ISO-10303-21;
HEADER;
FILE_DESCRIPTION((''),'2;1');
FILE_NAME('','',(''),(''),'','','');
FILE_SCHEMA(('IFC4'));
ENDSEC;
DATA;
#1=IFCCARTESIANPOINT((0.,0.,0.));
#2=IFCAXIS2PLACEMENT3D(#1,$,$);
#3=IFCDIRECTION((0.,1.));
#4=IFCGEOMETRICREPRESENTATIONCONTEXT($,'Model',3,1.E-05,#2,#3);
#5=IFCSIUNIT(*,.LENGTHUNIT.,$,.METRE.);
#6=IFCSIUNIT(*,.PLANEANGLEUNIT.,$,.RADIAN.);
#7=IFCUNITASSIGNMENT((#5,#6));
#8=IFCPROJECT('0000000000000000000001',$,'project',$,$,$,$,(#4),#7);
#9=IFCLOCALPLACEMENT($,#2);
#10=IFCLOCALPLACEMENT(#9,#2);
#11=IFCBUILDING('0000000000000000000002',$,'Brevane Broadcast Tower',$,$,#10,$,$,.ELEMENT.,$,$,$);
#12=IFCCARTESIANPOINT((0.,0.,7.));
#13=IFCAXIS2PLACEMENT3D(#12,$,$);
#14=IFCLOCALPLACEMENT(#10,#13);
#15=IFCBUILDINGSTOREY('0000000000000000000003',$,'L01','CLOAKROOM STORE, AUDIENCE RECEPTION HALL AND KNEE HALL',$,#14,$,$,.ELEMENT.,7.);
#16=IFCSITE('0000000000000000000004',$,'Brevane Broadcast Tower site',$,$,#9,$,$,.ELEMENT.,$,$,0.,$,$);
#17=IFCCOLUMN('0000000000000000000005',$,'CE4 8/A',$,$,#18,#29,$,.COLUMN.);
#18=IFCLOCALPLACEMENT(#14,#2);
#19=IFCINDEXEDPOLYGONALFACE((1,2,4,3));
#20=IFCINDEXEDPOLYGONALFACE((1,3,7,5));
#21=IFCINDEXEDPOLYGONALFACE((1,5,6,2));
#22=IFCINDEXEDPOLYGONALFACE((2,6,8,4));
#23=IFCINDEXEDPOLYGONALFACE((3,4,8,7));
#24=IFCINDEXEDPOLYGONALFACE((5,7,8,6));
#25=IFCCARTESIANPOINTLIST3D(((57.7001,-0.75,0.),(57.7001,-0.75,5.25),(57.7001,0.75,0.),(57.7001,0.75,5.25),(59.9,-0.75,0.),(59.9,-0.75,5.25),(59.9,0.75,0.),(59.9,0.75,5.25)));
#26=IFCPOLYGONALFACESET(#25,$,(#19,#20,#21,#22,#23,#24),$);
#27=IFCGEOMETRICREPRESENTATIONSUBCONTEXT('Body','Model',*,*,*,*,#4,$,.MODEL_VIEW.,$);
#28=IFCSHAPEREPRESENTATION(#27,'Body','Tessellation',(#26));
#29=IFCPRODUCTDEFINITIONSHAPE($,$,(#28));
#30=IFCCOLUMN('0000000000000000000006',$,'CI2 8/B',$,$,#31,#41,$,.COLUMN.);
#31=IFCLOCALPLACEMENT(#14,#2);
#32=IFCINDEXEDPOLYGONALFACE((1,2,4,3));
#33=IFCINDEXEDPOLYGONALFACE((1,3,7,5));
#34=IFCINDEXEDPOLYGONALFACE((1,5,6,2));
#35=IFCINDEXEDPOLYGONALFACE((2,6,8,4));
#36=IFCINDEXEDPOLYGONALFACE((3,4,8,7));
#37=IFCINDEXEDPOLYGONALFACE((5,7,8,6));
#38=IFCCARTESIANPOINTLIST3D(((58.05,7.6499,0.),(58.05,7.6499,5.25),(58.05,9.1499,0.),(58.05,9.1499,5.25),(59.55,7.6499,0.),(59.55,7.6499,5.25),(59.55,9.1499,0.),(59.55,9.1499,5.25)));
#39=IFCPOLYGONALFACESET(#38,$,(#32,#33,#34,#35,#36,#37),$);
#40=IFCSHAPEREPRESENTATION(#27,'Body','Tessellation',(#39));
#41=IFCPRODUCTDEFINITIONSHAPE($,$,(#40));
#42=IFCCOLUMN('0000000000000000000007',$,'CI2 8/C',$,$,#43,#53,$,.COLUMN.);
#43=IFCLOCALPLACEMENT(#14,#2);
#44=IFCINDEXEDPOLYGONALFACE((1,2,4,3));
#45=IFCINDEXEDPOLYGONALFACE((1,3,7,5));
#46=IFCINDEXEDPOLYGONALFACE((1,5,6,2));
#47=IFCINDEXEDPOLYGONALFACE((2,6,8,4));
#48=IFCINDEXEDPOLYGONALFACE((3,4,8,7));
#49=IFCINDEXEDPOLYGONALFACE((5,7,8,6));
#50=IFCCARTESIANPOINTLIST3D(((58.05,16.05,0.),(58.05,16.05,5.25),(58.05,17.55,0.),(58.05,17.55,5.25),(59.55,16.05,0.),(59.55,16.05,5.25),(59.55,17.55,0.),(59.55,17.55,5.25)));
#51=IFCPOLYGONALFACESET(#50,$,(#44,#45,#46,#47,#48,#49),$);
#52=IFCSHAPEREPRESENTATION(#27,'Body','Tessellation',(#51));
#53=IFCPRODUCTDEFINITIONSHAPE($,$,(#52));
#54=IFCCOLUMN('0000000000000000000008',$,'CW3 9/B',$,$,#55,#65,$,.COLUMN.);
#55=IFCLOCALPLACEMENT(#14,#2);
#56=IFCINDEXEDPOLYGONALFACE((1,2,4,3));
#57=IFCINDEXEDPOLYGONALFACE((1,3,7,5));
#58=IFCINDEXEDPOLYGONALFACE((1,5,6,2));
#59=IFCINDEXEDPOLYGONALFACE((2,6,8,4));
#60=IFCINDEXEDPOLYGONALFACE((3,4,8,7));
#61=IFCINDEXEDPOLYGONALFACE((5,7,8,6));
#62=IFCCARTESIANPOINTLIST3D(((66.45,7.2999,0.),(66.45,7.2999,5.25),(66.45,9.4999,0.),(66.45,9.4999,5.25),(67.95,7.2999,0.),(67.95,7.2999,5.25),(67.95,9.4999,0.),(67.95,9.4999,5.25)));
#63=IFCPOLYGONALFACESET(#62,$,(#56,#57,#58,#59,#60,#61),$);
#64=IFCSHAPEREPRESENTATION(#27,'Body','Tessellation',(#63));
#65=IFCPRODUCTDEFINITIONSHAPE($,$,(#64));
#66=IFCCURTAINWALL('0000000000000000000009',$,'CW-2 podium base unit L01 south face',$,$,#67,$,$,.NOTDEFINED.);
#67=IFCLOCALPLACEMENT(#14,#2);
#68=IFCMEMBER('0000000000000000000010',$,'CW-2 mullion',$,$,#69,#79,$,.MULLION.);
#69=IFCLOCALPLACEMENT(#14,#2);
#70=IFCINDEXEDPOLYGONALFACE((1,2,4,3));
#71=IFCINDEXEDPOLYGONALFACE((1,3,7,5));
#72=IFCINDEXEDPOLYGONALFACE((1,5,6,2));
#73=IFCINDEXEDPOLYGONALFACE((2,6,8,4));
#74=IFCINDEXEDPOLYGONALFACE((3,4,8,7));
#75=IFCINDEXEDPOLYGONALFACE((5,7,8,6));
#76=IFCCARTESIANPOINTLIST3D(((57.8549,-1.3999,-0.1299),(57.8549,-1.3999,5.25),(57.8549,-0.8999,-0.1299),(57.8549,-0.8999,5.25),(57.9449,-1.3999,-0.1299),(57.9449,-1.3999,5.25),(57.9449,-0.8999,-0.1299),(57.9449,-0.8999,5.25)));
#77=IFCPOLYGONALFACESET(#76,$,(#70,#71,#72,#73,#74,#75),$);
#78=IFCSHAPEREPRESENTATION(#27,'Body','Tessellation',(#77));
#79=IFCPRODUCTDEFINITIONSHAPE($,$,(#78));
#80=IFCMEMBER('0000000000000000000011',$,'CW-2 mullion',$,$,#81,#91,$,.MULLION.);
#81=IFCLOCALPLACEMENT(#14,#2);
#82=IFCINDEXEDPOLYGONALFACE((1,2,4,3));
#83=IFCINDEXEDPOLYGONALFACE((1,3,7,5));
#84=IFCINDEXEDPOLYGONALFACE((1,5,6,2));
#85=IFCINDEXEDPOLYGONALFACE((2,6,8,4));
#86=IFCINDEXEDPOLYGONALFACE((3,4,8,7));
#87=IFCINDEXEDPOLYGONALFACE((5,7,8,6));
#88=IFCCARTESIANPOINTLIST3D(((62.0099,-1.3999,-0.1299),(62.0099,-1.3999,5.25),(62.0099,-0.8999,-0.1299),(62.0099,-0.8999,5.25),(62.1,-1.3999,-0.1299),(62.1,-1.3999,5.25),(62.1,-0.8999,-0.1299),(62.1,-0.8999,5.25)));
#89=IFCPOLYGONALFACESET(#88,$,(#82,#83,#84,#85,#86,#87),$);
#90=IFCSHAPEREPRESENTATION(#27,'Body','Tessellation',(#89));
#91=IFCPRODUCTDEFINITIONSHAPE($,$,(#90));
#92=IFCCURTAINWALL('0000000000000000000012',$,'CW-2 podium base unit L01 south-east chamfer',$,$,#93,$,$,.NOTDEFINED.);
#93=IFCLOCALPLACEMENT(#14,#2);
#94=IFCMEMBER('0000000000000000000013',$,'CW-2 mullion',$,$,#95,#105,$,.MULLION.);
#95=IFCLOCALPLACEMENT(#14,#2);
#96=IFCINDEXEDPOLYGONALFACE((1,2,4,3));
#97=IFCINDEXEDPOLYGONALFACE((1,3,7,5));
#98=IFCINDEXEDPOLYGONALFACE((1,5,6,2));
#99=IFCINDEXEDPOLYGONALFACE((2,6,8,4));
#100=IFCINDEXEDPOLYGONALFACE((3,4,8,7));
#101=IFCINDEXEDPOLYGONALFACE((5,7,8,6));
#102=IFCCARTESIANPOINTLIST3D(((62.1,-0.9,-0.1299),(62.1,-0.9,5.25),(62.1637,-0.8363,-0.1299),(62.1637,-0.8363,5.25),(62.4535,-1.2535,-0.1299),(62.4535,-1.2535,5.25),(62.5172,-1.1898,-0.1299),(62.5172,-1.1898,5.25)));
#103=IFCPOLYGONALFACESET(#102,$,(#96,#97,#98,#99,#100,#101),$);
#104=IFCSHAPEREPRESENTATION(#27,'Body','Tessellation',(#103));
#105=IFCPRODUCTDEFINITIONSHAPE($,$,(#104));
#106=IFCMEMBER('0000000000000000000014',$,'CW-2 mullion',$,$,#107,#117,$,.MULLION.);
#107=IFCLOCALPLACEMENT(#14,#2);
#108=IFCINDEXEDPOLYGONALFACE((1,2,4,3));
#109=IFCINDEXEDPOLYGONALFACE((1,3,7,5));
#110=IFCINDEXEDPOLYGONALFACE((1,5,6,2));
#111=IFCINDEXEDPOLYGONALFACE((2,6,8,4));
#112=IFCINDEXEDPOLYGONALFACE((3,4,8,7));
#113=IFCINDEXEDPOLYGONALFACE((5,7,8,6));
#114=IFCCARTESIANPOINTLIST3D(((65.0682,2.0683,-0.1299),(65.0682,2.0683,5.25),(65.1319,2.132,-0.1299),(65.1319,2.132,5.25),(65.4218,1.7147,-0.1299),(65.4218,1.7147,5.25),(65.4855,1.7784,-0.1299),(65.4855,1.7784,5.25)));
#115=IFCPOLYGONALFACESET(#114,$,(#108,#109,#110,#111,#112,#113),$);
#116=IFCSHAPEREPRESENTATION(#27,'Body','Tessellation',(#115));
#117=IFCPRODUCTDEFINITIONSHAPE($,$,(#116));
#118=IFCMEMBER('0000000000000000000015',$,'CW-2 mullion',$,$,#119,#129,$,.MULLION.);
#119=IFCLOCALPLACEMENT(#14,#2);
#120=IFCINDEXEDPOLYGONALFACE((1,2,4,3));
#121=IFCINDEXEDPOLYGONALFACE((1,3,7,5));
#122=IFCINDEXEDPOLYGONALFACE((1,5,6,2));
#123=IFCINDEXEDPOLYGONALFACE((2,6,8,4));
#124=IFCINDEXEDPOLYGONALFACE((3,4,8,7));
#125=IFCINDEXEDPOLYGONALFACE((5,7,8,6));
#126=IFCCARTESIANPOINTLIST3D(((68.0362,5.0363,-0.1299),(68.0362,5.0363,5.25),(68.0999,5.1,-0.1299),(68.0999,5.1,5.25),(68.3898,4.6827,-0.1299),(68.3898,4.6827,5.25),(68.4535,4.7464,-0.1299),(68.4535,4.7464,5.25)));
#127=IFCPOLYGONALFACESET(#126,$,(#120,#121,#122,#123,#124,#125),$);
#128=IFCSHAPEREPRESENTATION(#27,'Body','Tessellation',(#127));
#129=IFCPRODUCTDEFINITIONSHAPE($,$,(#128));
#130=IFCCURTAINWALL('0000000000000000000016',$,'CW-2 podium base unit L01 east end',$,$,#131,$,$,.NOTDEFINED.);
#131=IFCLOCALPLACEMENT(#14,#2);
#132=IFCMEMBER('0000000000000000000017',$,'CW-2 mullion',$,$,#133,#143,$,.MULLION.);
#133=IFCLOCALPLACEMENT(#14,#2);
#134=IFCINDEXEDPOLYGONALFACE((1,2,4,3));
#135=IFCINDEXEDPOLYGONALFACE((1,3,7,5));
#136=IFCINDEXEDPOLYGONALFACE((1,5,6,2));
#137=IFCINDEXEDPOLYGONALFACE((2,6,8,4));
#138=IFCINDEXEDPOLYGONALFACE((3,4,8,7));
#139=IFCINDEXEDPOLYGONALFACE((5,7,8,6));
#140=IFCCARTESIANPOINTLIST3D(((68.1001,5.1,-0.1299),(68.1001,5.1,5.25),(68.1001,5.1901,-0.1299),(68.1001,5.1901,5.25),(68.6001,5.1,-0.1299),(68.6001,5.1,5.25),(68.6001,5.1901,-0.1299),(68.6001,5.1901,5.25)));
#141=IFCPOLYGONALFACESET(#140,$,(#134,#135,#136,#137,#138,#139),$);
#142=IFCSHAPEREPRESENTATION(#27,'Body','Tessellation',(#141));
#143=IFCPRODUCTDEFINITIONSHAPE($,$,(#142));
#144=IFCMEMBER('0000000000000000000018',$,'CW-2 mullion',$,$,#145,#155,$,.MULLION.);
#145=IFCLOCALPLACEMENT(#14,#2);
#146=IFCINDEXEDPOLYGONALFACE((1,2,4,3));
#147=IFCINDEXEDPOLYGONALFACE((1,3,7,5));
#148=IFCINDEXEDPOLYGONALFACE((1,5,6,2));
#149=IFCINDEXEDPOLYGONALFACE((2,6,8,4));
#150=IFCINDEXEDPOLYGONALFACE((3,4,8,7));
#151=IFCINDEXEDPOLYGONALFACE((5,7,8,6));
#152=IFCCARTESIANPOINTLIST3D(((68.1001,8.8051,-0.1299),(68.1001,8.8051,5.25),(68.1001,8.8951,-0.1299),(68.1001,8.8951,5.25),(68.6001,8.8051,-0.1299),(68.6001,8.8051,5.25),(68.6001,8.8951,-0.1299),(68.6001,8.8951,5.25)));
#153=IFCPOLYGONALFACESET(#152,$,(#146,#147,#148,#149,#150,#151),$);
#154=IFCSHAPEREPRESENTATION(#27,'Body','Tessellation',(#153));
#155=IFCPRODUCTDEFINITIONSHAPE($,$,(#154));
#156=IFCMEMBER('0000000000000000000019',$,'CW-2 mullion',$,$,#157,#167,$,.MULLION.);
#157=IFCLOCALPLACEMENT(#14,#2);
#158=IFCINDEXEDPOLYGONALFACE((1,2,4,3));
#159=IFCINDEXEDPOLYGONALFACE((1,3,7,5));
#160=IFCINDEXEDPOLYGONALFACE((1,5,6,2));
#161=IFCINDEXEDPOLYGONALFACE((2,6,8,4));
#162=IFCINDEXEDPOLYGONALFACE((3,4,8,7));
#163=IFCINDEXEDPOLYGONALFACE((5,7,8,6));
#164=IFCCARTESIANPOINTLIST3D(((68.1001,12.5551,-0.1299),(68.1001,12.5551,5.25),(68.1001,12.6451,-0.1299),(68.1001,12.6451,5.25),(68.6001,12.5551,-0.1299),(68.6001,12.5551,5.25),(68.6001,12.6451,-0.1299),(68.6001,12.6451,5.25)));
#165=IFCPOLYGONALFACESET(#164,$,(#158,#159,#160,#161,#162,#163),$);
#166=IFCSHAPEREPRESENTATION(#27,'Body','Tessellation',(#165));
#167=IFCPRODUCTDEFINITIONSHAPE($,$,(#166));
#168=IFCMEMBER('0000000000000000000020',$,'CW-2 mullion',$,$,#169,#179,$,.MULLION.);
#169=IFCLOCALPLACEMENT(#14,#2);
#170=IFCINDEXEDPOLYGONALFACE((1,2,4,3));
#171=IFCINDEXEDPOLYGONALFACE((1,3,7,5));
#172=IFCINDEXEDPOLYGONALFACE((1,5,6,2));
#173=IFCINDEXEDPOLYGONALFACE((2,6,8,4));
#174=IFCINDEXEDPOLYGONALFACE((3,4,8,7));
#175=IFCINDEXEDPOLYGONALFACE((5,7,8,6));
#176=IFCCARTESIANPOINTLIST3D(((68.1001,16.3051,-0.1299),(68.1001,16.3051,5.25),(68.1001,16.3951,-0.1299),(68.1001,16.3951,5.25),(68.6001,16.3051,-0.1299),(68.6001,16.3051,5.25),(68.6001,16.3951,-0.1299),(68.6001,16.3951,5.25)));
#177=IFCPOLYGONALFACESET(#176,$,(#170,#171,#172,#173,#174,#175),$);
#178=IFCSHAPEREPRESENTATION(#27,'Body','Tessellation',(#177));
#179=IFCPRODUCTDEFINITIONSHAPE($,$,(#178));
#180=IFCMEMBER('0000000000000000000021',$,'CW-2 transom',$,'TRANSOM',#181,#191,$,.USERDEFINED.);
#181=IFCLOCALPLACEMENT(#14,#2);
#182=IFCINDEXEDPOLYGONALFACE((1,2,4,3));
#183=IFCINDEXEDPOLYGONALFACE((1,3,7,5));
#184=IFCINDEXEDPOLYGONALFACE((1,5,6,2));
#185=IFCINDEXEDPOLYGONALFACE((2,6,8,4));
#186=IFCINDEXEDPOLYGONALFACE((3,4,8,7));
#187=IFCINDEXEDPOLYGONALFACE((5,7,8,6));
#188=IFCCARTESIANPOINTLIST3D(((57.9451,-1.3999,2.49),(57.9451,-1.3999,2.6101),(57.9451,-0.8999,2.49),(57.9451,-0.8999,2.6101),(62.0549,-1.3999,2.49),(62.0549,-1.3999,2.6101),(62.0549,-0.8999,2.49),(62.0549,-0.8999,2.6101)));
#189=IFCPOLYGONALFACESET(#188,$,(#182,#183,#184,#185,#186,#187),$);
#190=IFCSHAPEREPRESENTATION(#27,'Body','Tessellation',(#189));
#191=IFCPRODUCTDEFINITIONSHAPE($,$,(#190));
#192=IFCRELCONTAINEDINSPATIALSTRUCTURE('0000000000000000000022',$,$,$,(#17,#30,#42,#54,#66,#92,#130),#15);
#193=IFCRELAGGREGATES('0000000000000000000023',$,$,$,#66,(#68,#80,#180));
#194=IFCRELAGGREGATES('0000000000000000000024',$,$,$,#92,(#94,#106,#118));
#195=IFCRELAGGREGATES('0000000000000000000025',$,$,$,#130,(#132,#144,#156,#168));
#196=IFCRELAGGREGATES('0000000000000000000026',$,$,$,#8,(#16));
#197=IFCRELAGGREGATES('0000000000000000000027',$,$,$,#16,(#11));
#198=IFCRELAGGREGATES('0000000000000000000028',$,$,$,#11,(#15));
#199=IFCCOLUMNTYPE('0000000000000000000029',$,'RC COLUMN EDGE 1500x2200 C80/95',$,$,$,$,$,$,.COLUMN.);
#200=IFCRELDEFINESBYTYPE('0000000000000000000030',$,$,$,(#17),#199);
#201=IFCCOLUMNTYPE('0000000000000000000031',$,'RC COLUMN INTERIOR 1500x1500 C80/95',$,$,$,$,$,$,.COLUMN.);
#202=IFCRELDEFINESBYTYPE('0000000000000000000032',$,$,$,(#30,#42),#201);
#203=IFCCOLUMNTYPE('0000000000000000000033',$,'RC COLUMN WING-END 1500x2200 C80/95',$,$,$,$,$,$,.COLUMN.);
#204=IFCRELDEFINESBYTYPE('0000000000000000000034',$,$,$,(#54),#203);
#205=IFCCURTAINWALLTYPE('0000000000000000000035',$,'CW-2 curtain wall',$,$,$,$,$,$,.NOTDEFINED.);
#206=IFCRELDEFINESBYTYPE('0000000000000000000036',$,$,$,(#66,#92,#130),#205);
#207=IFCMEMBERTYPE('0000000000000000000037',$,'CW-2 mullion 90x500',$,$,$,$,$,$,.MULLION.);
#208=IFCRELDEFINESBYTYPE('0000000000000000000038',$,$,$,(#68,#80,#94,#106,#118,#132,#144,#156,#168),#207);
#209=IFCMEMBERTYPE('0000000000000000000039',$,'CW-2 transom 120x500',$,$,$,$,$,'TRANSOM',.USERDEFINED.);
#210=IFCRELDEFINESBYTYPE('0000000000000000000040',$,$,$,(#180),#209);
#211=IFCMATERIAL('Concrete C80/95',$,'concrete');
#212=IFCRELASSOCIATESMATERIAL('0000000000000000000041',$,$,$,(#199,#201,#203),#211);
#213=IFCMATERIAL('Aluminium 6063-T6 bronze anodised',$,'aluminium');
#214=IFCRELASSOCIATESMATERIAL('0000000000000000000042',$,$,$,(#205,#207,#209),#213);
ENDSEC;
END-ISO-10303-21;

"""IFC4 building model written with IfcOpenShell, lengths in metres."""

from ifc_helpers import new_model, si_unit, direction, frame, origin, origin_2d, place, context, subcontext, project, spatial, rectangle, extrude, material, material_profile, profile_set, type_object, element, aggregate, save


model = new_model("IFC4")

# Units and contexts
model_context = context("Model", 3, precision=1e-05, world=origin(), true_north=direction((0.0, 1.0)))
body_context = subcontext(model_context, "Body", "Model", "MODEL_VIEW")
ifc_project = project(units=[si_unit("LENGTHUNIT", "METRE"), si_unit("PLANEANGLEUNIT", "RADIAN")], contexts=[model_context])

# Site, building, storey
site_placement = place(None, origin())
site = spatial("IfcSite", under=ifc_project, at=site_placement, Name="Brevane Broadcast Tower site", CompositionType="ELEMENT", RefElevation=0.0)
building_placement = place(site_placement, origin())
building = spatial("IfcBuilding", under=site, at=building_placement, Name="Brevane Broadcast Tower", CompositionType="ELEMENT")
storey_placement = place(building_placement, frame((0.0, 0.0, 7.0)))
storey = spatial("IfcBuildingStorey", under=building, at=storey_placement, Name="L01", Description="CLOAKROOM STORE, AUDIENCE RECEPTION HALL AND KNEE HALL", CompositionType="ELEMENT", Elevation=7.0)

# Columns
ifc_material_1 = material(Name="Concrete C80/95", Category="concrete")
ifc_material_profile_1 = material_profile(ifc_material_1, rectangle(XDim=1.5, YDim=2.2, at=origin_2d()), Name="RC 1500x2200")
ifc_profile_set_1 = profile_set([ifc_material_profile_1], Name="Concrete C80/95")
column_type_1 = type_object("IfcColumnType", Name="RC COLUMN EDGE 1500x2200 C80/95", PredefinedType="COLUMN", material=ifc_profile_set_1)
column_1_placement = place(storey_placement, frame((58.8, 0.0, 0.0), z_axis=(0.0, 0.0, 1.0), x_axis=(0.0, 1.0, 0.0)))
element("IfcColumn", 1, at=column_1_placement, inside=storey, type_object=column_type_1, Name="CE4 8/A", PredefinedType="COLUMN", context=body_context, shape_type="SweptSolid", body=[
    extrude(rectangle(XDim=1.5, YDim=2.2, at=origin_2d()), origin(), (0.0, 0.0, 1.0), 5.25),
])
ifc_material_profile_2 = material_profile(ifc_material_1, rectangle(XDim=1.5, YDim=1.5, at=origin_2d()), Name="RC 1500x1500")
ifc_profile_set_2 = profile_set([ifc_material_profile_2], Name="Concrete C80/95")
column_type_2 = type_object("IfcColumnType", Name="RC COLUMN INTERIOR 1500x1500 C80/95", PredefinedType="COLUMN", material=ifc_profile_set_2)
for number, where, z_axis, x_axis, name in (
    (2, (58.8, 8.3999, 0.0), (0.0, 0.0, 1.0), (1.0, 0.0, 0.0), "CI2 8/B"),
    (3, (58.8, 16.8, 0.0), (0.0, 0.0, 1.0), (1.0, 0.0, 0.0), "CI2 8/C"),
):
    element("IfcColumn", number, at=place(storey_placement, frame(where, z_axis=z_axis, x_axis=x_axis)), inside=storey, type_object=column_type_2, Name=name, PredefinedType="COLUMN", context=body_context, shape_type="SweptSolid", body=[
        extrude(rectangle(XDim=1.5, YDim=1.5, at=origin_2d()), origin(), (0.0, 0.0, 1.0), 5.25),
    ])
ifc_material_profile_3 = material_profile(ifc_material_1, rectangle(XDim=1.5, YDim=2.2, at=origin_2d()), Name="RC 1500x2200")
ifc_profile_set_3 = profile_set([ifc_material_profile_3], Name="Concrete C80/95")
column_type_3 = type_object("IfcColumnType", Name="RC COLUMN WING-END 1500x2200 C80/95", PredefinedType="COLUMN", material=ifc_profile_set_3)
column_2_placement = place(storey_placement, frame((67.2, 8.3999, 0.0), z_axis=(0.0, 0.0, 1.0), x_axis=(1.0, 0.0, 0.0)))
element("IfcColumn", 4, at=column_2_placement, inside=storey, type_object=column_type_3, Name="CW3 9/B", PredefinedType="COLUMN", context=body_context, shape_type="SweptSolid", body=[
    extrude(rectangle(XDim=1.5, YDim=2.2, at=origin_2d()), origin(), (0.0, 0.0, 1.0), 5.25),
])

# Curtain walls, members
ifc_material_2 = material(Name="Aluminium 6063-T6 bronze anodised", Category="aluminium")
curtain_wall_type = type_object("IfcCurtainWallType", Name="CW-2 curtain wall", PredefinedType="NOTDEFINED", material=ifc_material_2)
curtain_wall_1_placement = place(storey_placement, origin())
curtain_wall_1 = element("IfcCurtainWall", 5, at=curtain_wall_1_placement, inside=storey, type_object=curtain_wall_type, Name="CW-2 podium base unit L01 south face", PredefinedType="NOTDEFINED")
ifc_material_profile_4 = material_profile(ifc_material_2, rectangle(XDim=0.5, YDim=0.0901, at=origin_2d()), Name="RECT 90x500")
ifc_profile_set_4 = profile_set([ifc_material_profile_4], Name="Aluminium 6063-T6 bronze anodised")
member_type_1 = type_object("IfcMemberType", Name="CW-2 mullion 90x500", PredefinedType="MULLION", material=ifc_profile_set_4)
member_1_placement = place(storey_placement, frame((57.8999, -1.1499, -0.1299), z_axis=(0.0, 0.0, 1.0), x_axis=(0.0, 1.0, 0.0)))
member_1 = element("IfcMember", 6, at=member_1_placement, type_object=member_type_1, Name="CW-2 mullion", PredefinedType="MULLION", context=body_context, shape_type="SweptSolid", body=[
    extrude(rectangle(XDim=0.5, YDim=0.0901, at=origin_2d()), origin(), (0.0, 0.0, 1.0), 5.3799),
])
member_2_placement = place(storey_placement, frame((62.0549, -1.1499, -0.1299), z_axis=(0.0, 0.0, 1.0), x_axis=(0.0, 1.0, 0.0)))
member_2 = element("IfcMember", 7, at=member_2_placement, type_object=member_type_1, Name="CW-2 mullion", PredefinedType="MULLION", context=body_context, shape_type="SweptSolid", body=[
    extrude(rectangle(XDim=0.5, YDim=0.0901, at=origin_2d()), origin(), (0.0, 0.0, 1.0), 5.3799),
])
curtain_wall_2_placement = place(storey_placement, origin())
curtain_wall_2 = element("IfcCurtainWall", 8, at=curtain_wall_2_placement, inside=storey, type_object=curtain_wall_type, Name="CW-2 podium base unit L01 south-east chamfer", PredefinedType="NOTDEFINED")
member_3_placement = place(storey_placement, frame((62.3086, -1.0449, -0.1299), z_axis=(0.0, 0.0, 1.0), x_axis=(-0.707107, 0.707107, 0.0)))
member_3 = element("IfcMember", 9, at=member_3_placement, type_object=member_type_1, Name="CW-2 mullion", PredefinedType="MULLION", context=body_context, shape_type="SweptSolid", body=[
    extrude(rectangle(XDim=0.5, YDim=0.0901, at=origin_2d()), origin(), (0.0, 0.0, 1.0), 5.3799),
])
member_4_placement = place(storey_placement, frame((65.2769, 1.9233, -0.1299), z_axis=(0.0, 0.0, 1.0), x_axis=(-0.707107, 0.707107, 0.0)))
member_4 = element("IfcMember", 10, at=member_4_placement, type_object=member_type_1, Name="CW-2 mullion", PredefinedType="MULLION", context=body_context, shape_type="SweptSolid", body=[
    extrude(rectangle(XDim=0.5, YDim=0.0901, at=origin_2d()), origin(), (0.0, 0.0, 1.0), 5.3799),
])
member_5_placement = place(storey_placement, frame((68.2449, 4.8914, -0.1299), z_axis=(0.0, 0.0, 1.0), x_axis=(-0.707107, 0.707107, 0.0)))
member_5 = element("IfcMember", 11, at=member_5_placement, type_object=member_type_1, Name="CW-2 mullion", PredefinedType="MULLION", context=body_context, shape_type="SweptSolid", body=[
    extrude(rectangle(XDim=0.5, YDim=0.0901, at=origin_2d()), origin(), (0.0, 0.0, 1.0), 5.3799),
])
curtain_wall_3_placement = place(storey_placement, origin())
curtain_wall_3 = element("IfcCurtainWall", 12, at=curtain_wall_3_placement, inside=storey, type_object=curtain_wall_type, Name="CW-2 podium base unit L01 east end", PredefinedType="NOTDEFINED")
member_6_placement = place(storey_placement, frame((68.3501, 5.145, -0.1299), z_axis=(0.0, 0.0, 1.0), x_axis=(-1.0, 0.0, 0.0)))
member_6 = element("IfcMember", 13, at=member_6_placement, type_object=member_type_1, Name="CW-2 mullion", PredefinedType="MULLION", context=body_context, shape_type="SweptSolid", body=[
    extrude(rectangle(XDim=0.5, YDim=0.0901, at=origin_2d()), origin(), (0.0, 0.0, 1.0), 5.3799),
])
member_7_placement = place(storey_placement, frame((68.3501, 8.8501, -0.1299), z_axis=(0.0, 0.0, 1.0), x_axis=(-1.0, 0.0, 0.0)))
member_7 = element("IfcMember", 14, at=member_7_placement, type_object=member_type_1, Name="CW-2 mullion", PredefinedType="MULLION", context=body_context, shape_type="SweptSolid", body=[
    extrude(rectangle(XDim=0.5, YDim=0.0901, at=origin_2d()), origin(), (0.0, 0.0, 1.0), 5.3799),
])
member_8_placement = place(storey_placement, frame((68.3501, 12.6001, -0.1299), z_axis=(0.0, 0.0, 1.0), x_axis=(-1.0, 0.0, 0.0)))
member_8 = element("IfcMember", 15, at=member_8_placement, type_object=member_type_1, Name="CW-2 mullion", PredefinedType="MULLION", context=body_context, shape_type="SweptSolid", body=[
    extrude(rectangle(XDim=0.5, YDim=0.0901, at=origin_2d()), origin(), (0.0, 0.0, 1.0), 5.3799),
])
member_9_placement = place(storey_placement, frame((68.3501, 16.3501, -0.1299), z_axis=(0.0, 0.0, 1.0), x_axis=(-1.0, 0.0, 0.0)))
member_9 = element("IfcMember", 16, at=member_9_placement, type_object=member_type_1, Name="CW-2 mullion", PredefinedType="MULLION", context=body_context, shape_type="SweptSolid", body=[
    extrude(rectangle(XDim=0.5, YDim=0.0901, at=origin_2d()), origin(), (0.0, 0.0, 1.0), 5.3799),
])

# Member
ifc_material_profile_5 = material_profile(ifc_material_2, rectangle(XDim=0.5, YDim=0.1201, at=origin_2d()), Name="RECT 120x500")
ifc_profile_set_5 = profile_set([ifc_material_profile_5], Name="Aluminium 6063-T6 bronze anodised")
member_type_2 = type_object("IfcMemberType", Name="CW-2 transom 120x500", ElementType="TRANSOM", PredefinedType="USERDEFINED", material=ifc_profile_set_5)
member_10_placement = place(storey_placement, frame((57.9451, -1.1499, 2.55), z_axis=(1.0, 0.0, 0.0), x_axis=(0.0, 1.0, 0.0)))
member_10 = element("IfcMember", 17, at=member_10_placement, type_object=member_type_2, Name="CW-2 transom", ObjectType="TRANSOM", PredefinedType="USERDEFINED", context=body_context, shape_type="SweptSolid", body=[
    extrude(rectangle(XDim=0.5, YDim=0.1201, at=origin_2d()), origin(), (0.0, 0.0, 1.0), 4.1099),
])
aggregate(curtain_wall_1, [member_1, member_2, member_10])
aggregate(curtain_wall_2, [member_3, member_4, member_5])
aggregate(curtain_wall_3, [member_6, member_7, member_8, member_9])

save(model, "model.ifc")
